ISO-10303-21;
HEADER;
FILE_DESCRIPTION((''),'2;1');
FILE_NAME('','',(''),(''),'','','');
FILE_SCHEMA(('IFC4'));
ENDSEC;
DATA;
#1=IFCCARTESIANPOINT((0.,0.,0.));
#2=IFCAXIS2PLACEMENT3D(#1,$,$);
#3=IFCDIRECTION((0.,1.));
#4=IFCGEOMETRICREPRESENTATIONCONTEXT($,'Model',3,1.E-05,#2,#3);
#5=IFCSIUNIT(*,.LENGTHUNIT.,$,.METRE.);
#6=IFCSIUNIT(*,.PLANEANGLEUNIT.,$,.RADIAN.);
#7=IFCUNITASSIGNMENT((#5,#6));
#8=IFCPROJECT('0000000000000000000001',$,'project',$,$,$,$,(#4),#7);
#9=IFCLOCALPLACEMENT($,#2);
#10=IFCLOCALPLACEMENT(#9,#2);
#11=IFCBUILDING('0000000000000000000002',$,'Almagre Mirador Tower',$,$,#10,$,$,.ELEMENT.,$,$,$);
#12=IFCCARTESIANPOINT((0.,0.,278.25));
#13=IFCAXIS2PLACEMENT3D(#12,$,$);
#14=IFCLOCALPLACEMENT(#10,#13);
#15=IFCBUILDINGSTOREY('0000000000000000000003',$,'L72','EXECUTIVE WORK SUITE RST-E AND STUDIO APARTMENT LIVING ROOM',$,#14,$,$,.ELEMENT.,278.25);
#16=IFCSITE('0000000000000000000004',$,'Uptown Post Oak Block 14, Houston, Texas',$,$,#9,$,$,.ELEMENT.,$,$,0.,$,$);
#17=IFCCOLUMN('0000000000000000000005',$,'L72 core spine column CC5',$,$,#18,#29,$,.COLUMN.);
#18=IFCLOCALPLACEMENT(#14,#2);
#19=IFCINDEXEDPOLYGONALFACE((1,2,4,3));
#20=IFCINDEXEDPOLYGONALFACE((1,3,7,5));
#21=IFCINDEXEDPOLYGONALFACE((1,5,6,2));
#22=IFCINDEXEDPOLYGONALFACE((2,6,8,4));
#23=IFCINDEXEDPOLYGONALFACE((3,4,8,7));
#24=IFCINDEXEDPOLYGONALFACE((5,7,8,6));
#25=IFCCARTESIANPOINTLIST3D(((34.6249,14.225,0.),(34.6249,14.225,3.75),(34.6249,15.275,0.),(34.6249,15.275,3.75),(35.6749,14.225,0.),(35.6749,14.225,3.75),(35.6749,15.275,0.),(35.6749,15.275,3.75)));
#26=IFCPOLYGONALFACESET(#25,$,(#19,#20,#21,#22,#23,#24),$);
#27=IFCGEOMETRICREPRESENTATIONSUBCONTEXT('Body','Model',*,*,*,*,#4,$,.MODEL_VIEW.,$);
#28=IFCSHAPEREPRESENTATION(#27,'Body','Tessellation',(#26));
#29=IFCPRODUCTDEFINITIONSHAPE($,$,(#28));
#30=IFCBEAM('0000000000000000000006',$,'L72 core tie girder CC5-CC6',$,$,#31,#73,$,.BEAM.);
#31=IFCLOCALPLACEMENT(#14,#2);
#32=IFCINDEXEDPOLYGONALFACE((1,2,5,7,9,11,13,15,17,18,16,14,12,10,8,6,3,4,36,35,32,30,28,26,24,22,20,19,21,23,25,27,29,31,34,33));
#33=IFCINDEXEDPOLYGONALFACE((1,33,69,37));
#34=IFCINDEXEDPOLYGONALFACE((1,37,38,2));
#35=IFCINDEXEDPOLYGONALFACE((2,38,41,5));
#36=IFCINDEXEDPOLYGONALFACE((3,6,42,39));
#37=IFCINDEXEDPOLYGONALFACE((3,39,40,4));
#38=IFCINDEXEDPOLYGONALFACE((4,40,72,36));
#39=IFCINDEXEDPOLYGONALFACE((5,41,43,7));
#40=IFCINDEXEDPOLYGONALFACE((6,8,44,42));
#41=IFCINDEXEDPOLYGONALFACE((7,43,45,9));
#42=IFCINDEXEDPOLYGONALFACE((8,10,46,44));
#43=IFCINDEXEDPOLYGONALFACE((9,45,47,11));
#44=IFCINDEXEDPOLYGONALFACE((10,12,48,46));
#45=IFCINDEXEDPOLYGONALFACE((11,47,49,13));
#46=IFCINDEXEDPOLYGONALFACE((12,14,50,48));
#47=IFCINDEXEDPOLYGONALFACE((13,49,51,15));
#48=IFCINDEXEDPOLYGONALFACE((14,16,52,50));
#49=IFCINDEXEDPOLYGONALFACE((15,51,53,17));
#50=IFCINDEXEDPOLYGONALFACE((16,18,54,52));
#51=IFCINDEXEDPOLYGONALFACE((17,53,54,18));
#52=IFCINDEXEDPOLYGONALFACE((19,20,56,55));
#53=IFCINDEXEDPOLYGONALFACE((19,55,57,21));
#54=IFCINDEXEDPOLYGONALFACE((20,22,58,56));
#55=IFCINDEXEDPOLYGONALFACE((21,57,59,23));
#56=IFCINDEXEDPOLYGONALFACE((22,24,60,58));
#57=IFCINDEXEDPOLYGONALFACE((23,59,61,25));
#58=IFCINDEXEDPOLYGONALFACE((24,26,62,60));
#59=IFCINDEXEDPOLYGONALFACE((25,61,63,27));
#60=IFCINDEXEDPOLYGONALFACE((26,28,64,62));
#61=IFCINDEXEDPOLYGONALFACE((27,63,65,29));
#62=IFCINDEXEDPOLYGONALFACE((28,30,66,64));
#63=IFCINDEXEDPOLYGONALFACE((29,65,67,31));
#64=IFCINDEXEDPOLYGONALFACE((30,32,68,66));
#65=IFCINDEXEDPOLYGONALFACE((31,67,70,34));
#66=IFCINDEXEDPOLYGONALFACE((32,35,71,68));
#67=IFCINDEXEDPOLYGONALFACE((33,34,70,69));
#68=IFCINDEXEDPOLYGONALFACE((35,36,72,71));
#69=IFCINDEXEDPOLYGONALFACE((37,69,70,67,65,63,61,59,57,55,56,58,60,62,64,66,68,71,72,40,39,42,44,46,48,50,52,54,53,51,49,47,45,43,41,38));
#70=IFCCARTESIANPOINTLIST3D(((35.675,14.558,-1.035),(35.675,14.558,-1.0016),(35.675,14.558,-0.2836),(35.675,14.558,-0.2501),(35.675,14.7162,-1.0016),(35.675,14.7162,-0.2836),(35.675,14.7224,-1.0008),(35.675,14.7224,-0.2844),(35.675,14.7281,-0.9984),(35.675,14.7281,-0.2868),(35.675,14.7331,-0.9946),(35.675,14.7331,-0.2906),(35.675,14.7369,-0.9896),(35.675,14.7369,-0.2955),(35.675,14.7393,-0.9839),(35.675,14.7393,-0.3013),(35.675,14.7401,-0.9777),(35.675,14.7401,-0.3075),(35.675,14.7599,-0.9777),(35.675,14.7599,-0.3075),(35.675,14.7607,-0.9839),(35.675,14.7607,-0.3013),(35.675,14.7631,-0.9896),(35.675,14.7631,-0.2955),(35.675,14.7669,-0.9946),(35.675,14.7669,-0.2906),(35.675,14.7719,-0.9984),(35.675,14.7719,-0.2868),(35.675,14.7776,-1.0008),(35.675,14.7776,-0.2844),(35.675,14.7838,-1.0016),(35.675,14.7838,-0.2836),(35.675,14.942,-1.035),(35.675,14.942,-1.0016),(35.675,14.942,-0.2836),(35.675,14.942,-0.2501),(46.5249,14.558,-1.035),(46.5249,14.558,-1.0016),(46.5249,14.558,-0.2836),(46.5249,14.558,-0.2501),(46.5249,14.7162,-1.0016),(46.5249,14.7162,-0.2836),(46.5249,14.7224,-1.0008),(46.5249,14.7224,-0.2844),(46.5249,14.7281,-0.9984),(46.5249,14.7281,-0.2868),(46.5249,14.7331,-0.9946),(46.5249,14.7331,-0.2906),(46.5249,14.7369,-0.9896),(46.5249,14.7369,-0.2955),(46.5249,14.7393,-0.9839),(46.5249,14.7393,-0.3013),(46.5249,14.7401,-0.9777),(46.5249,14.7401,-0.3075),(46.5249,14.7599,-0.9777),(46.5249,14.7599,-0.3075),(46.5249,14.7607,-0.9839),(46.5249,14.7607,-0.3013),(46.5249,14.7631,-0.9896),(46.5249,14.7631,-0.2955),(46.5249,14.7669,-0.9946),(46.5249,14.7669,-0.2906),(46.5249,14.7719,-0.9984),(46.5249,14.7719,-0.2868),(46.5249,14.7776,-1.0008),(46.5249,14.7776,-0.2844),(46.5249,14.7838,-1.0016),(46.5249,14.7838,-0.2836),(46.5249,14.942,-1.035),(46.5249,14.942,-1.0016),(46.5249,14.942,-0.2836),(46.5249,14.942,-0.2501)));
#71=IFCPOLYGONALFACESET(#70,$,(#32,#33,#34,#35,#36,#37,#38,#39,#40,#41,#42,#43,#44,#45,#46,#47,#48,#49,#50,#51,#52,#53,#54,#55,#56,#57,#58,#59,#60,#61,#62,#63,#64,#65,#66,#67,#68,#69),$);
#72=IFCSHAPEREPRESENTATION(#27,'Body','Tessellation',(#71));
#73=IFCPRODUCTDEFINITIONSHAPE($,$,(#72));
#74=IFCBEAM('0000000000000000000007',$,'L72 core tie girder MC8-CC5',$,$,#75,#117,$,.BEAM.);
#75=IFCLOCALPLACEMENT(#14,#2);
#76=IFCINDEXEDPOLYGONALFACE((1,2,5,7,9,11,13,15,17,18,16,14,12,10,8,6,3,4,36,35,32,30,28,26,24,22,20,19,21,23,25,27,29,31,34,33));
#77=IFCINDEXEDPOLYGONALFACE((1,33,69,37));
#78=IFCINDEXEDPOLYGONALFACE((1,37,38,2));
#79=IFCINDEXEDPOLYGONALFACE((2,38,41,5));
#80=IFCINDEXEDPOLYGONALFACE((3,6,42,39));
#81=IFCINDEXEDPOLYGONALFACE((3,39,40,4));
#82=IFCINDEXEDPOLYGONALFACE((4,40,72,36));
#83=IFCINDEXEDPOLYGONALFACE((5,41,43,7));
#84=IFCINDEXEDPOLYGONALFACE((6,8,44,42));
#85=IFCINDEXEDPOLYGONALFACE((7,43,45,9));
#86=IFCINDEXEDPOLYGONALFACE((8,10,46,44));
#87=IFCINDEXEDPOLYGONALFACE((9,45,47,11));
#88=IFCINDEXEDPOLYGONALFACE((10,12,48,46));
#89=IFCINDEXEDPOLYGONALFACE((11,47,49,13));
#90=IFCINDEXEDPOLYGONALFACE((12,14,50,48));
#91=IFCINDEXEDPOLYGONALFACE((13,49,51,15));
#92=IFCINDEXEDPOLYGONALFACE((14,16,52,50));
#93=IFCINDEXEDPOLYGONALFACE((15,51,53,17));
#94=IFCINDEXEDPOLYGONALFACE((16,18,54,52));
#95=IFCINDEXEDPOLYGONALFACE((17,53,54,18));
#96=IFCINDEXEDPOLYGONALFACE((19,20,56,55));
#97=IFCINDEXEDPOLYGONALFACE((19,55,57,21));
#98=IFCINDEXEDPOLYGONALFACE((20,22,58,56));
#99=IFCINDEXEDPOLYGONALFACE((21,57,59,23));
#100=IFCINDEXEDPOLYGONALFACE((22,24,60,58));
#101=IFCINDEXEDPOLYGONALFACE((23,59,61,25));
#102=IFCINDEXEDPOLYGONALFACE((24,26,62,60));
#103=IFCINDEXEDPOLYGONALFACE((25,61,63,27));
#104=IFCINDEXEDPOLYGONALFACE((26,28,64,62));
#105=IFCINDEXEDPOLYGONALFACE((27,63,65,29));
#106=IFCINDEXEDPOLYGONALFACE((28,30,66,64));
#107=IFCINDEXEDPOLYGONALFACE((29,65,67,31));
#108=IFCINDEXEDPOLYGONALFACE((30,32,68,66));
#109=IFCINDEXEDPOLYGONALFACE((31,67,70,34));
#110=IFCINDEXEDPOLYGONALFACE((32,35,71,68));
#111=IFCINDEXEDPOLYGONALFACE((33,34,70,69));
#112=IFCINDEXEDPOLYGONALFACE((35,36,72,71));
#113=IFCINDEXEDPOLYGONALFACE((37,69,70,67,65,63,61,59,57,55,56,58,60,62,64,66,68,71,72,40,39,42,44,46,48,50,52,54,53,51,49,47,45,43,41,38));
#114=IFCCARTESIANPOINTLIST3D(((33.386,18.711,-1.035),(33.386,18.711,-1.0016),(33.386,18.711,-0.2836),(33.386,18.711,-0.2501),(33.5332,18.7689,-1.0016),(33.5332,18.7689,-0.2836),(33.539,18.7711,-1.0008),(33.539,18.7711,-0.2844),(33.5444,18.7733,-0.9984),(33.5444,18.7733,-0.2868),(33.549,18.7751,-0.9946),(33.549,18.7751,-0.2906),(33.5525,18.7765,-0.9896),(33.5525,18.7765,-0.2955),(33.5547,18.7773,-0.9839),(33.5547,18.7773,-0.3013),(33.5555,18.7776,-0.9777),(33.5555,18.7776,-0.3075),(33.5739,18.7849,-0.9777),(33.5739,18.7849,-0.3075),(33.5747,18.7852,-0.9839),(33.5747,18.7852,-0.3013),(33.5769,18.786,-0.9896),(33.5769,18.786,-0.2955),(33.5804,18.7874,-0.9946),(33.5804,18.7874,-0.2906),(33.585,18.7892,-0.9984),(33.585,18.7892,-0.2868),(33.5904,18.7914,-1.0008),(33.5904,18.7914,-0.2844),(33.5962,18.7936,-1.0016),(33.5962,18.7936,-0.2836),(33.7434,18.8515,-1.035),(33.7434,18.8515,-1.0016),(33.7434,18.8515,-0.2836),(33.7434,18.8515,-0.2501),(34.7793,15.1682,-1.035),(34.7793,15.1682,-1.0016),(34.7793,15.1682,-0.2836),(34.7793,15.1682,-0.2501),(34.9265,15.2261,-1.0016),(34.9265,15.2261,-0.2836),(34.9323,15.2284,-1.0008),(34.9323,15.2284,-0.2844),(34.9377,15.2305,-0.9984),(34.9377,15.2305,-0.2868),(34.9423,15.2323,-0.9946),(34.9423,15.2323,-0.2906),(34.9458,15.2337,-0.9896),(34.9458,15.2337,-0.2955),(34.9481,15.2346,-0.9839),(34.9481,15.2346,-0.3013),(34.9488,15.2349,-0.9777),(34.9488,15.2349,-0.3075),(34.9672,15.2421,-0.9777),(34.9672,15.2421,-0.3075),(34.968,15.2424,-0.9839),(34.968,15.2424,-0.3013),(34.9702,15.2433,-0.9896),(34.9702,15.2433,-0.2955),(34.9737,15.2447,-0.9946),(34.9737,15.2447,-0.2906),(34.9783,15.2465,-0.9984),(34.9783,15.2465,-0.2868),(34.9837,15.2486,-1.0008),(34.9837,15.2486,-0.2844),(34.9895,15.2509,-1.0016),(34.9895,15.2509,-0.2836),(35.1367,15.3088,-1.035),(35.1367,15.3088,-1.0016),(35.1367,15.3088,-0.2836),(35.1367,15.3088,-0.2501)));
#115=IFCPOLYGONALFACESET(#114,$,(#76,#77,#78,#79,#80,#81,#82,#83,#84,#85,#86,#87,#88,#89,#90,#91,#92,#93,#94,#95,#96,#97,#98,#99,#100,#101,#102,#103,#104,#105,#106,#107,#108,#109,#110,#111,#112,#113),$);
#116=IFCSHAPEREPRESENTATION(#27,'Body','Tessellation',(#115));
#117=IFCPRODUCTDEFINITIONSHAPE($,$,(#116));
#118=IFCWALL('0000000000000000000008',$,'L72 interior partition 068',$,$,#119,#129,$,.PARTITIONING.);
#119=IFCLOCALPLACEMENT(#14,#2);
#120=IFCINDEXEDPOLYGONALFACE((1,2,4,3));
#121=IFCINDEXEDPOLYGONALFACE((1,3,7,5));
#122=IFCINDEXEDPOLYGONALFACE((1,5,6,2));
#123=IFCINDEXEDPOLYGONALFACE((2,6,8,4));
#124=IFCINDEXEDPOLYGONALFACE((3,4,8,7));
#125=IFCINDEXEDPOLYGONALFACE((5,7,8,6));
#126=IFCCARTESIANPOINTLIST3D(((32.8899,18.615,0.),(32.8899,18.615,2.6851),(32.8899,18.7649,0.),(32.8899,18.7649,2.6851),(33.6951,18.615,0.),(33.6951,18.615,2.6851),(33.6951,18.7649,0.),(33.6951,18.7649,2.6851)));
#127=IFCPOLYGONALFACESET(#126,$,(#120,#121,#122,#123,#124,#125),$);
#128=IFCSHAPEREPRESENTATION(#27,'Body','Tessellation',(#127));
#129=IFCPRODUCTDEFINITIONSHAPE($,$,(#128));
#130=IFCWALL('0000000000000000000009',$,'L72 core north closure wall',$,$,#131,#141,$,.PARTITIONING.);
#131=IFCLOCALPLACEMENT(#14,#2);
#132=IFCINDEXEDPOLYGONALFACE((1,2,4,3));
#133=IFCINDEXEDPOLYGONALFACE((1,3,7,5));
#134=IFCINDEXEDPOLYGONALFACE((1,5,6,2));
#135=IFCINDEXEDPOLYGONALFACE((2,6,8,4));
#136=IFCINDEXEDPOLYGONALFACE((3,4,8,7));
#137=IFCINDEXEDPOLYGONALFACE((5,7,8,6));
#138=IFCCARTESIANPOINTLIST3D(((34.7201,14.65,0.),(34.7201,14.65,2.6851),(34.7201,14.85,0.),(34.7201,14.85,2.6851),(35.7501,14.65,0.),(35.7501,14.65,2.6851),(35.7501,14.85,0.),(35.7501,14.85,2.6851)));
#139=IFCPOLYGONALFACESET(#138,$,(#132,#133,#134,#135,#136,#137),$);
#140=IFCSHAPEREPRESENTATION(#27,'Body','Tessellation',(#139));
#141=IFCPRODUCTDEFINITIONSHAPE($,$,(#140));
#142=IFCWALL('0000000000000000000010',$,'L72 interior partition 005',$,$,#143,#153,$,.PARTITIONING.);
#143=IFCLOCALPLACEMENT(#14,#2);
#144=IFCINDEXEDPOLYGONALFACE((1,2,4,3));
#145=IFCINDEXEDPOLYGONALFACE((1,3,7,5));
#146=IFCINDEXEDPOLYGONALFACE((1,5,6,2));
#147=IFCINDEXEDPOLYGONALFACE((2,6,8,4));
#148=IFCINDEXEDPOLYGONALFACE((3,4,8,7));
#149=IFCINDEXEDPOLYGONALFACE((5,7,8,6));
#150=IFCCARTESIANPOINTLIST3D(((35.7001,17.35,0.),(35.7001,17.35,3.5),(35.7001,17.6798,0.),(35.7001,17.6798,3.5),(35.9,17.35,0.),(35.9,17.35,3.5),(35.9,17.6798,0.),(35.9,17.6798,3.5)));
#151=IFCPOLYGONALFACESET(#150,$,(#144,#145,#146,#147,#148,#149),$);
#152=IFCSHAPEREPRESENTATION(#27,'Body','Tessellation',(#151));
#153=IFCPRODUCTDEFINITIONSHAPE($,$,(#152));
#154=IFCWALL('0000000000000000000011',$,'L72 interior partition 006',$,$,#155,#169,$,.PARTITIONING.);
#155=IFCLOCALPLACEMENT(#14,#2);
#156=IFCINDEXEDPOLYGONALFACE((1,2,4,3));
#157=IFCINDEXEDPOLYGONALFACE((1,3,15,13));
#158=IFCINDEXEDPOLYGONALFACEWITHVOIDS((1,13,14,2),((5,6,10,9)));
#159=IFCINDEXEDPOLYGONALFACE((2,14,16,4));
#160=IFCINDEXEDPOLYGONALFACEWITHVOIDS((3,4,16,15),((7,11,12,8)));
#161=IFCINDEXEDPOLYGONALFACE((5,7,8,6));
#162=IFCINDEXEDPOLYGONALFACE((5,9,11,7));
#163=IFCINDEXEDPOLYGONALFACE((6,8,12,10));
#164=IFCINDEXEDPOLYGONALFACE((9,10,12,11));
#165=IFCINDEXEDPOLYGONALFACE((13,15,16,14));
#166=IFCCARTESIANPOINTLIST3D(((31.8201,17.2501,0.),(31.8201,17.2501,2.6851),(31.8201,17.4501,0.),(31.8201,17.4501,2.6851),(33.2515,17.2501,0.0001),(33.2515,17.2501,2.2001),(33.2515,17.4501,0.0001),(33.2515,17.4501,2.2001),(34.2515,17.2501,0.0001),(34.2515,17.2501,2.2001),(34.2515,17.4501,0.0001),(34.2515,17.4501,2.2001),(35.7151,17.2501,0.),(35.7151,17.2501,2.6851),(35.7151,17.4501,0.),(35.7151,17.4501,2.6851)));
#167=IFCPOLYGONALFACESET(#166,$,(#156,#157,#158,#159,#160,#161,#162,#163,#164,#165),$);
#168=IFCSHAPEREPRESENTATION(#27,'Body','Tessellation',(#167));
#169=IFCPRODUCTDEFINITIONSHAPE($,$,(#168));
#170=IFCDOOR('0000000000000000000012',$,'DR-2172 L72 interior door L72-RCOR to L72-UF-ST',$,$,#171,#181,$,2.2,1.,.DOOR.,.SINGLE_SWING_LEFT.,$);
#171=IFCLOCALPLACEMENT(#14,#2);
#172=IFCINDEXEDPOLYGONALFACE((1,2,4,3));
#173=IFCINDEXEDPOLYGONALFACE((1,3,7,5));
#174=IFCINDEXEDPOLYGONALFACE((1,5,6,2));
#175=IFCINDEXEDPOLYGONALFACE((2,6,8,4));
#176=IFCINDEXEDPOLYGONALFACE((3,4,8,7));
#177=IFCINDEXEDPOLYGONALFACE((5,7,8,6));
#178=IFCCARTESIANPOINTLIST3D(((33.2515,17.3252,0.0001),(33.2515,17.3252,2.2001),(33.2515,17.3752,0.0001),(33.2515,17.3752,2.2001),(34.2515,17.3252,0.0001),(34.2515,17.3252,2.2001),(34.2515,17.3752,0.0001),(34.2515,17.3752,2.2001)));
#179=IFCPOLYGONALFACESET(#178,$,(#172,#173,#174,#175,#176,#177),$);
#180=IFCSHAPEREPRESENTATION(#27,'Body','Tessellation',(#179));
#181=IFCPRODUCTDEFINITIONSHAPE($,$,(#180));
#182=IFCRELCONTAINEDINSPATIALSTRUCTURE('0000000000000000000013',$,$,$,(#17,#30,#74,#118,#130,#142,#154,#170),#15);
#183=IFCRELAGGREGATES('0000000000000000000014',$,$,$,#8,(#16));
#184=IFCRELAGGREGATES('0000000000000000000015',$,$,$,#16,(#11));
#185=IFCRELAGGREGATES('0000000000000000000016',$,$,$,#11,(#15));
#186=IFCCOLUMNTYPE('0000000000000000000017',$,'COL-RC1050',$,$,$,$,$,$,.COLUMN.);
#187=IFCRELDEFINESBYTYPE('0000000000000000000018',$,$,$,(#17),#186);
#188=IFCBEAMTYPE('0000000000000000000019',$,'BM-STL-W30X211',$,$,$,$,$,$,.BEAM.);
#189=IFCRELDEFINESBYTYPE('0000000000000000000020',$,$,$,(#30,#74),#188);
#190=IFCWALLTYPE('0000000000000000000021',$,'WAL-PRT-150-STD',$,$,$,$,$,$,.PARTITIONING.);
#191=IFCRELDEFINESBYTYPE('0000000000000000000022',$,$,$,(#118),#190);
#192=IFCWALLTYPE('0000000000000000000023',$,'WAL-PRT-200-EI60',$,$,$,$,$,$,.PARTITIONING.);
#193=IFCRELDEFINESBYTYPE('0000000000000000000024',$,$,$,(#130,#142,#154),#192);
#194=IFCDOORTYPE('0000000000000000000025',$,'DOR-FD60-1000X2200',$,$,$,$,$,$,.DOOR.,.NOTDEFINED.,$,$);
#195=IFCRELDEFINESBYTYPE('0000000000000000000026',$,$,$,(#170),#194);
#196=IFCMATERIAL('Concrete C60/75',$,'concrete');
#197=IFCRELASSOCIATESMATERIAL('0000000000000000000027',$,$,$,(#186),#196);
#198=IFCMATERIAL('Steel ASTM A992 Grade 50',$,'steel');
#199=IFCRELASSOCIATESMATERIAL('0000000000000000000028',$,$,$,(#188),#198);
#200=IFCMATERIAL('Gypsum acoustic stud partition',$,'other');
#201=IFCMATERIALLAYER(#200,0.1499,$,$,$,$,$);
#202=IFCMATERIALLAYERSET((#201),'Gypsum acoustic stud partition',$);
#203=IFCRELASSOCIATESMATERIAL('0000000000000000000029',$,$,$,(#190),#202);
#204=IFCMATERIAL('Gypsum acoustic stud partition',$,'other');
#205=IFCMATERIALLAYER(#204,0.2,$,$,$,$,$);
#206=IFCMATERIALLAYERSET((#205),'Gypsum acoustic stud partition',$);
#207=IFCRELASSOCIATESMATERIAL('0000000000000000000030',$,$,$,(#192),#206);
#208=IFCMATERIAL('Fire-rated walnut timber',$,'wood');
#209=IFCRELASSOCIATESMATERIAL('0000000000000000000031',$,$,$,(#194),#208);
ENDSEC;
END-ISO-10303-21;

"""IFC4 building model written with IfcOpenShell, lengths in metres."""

from ifc_helpers import new_model, si_unit, direction, frame, frame_2d, origin, origin_2d, place, context, subcontext, project, spatial, rectangle, i_section, extrude, material, layer, layer_set, material_profile, profile_set, type_object, element, fill, save


model = new_model("IFC4")

# Units and contexts
model_context = context("Model", 3, precision=1e-05, world=origin(), true_north=direction((0.0, 1.0)))
body_context = subcontext(model_context, "Body", "Model", "MODEL_VIEW")
ifc_project = project(units=[si_unit("LENGTHUNIT", "METRE"), si_unit("PLANEANGLEUNIT", "RADIAN")], contexts=[model_context])

# Site, building, storey
site_placement = place(None, origin())
site = spatial("IfcSite", under=ifc_project, at=site_placement, Name="Uptown Post Oak Block 14, Houston, Texas", CompositionType="ELEMENT", RefElevation=0.0)
building_placement = place(site_placement, origin())
building = spatial("IfcBuilding", under=site, at=building_placement, Name="Almagre Mirador Tower", CompositionType="ELEMENT")
storey_placement = place(building_placement, frame((0.0, 0.0, 278.25)))
storey = spatial("IfcBuildingStorey", under=building, at=storey_placement, Name="L72", Description="EXECUTIVE WORK SUITE RST-E AND STUDIO APARTMENT LIVING ROOM", CompositionType="ELEMENT", Elevation=278.25)

# Column
ifc_material_1 = material(Name="Concrete C60/75", Category="concrete")
ifc_material_profile_1 = material_profile(ifc_material_1, rectangle(XDim=1.05, YDim=1.05, at=origin_2d()), Name="RC1050X1050")
ifc_profile_set_1 = profile_set([ifc_material_profile_1], Name="Concrete C60/75")
column_type = type_object("IfcColumnType", Name="COL-RC1050", PredefinedType="COLUMN", material=ifc_profile_set_1)
column_placement = place(storey_placement, frame((35.1499, 14.75, 0.0), z_axis=(0.0, 0.0, 1.0), x_axis=(1.0, 0.0, 0.0)))
element("IfcColumn", 1, at=column_placement, inside=storey, type_object=column_type, Name="L72 core spine column CC5", PredefinedType="COLUMN", context=body_context, shape_type="SweptSolid", body=[
    extrude(rectangle(XDim=1.05, YDim=1.05, at=origin_2d()), origin(), (0.0, 0.0, 1.0), 3.75),
])

# Beams
ifc_material_2 = material(Name="Steel ASTM A992 Grade 50", Category="steel")
ifc_material_profile_2 = material_profile(ifc_material_2, i_section(OverallWidth=0.384, OverallDepth=0.7849, WebThickness=0.0198, FlangeThickness=0.0334, FilletRadius=0.0239, at=origin_2d()), Name="W30X211")
ifc_profile_set_2 = profile_set([ifc_material_profile_2], Name="Steel ASTM A992 Grade 50")
beam_type = type_object("IfcBeamType", Name="BM-STL-W30X211", PredefinedType="BEAM", material=ifc_profile_set_2)
beam_1_placement = place(storey_placement, frame((35.675, 14.75, -0.6426), z_axis=(1.0, 0.0, 0.0), x_axis=(0.0, 1.0, 0.0)))
element("IfcBeam", 2, at=beam_1_placement, inside=storey, type_object=beam_type, Name="L72 core tie girder CC5-CC6", PredefinedType="BEAM", context=body_context, shape_type="SweptSolid", body=[
    extrude(i_section(OverallWidth=0.384, OverallDepth=0.7849, WebThickness=0.0198, FlangeThickness=0.0334, FilletRadius=0.0239, at=origin_2d()), origin(), (0.0, 0.0, 1.0), 10.8499),
])
beam_2_placement = place(storey_placement, frame((33.5647, 18.7812, -0.6426), z_axis=(0.366, -0.930615, 0.0), x_axis=(0.930615, 0.366, 0.0)))
element("IfcBeam", 3, at=beam_2_placement, inside=storey, type_object=beam_type, Name="L72 core tie girder MC8-CC5", PredefinedType="BEAM", context=body_context, shape_type="SweptSolid", body=[
    extrude(i_section(OverallWidth=0.384, OverallDepth=0.7849, WebThickness=0.0198, FlangeThickness=0.0334, FilletRadius=0.0239, at=origin_2d()), origin(), (0.0, 0.0, 1.0), 3.8069),
])

# Walls
ifc_material_3 = material(Name="Gypsum acoustic stud partition", Category="other")
ifc_layer_1 = layer(ifc_material_3, 0.1499)
ifc_layer_set_1 = layer_set([ifc_layer_1], Name="Gypsum acoustic stud partition")
wall_type_1 = type_object("IfcWallType", Name="WAL-PRT-150-STD", PredefinedType="PARTITIONING", material=ifc_layer_set_1)
wall_1_placement = place(storey_placement, frame((33.6951, 18.6899, 0.0), z_axis=(0.0, 0.0, 1.0), x_axis=(-1.0, 0.0, 0.0)))
element("IfcWall", 4, at=wall_1_placement, inside=storey, type_object=wall_type_1, Name="L72 interior partition 068", PredefinedType="PARTITIONING", context=body_context, shape_type="SweptSolid", body=[
    extrude(rectangle(XDim=0.8052, YDim=0.1499, at=frame_2d((0.4026, 0.0))), origin(), (0.0, 0.0, 1.0), 2.6851),
])
ifc_material_4 = material(Name="Gypsum acoustic stud partition", Category="other")
ifc_layer_2 = layer(ifc_material_4, 0.2)
ifc_layer_set_2 = layer_set([ifc_layer_2], Name="Gypsum acoustic stud partition")
wall_type_2 = type_object("IfcWallType", Name="WAL-PRT-200-EI60", PredefinedType="PARTITIONING", material=ifc_layer_set_2)
wall_2_placement = place(storey_placement, frame((34.72, 14.75, 0.0), z_axis=(0.0, 0.0, 1.0), x_axis=(1.0, 0.0, 0.0)))
element("IfcWall", 5, at=wall_2_placement, inside=storey, type_object=wall_type_2, Name="L72 core north closure wall", PredefinedType="PARTITIONING", context=body_context, shape_type="SweptSolid", body=[
    extrude(rectangle(XDim=1.03, YDim=0.2, at=frame_2d((0.5151, 0.0))), origin(), (0.0, 0.0, 1.0), 2.6851),
])

# Wall
wall_3_placement = place(storey_placement, frame((35.8, 17.6799, 0.0), z_axis=(0.0, 0.0, 1.0), x_axis=(0.0, -1.0, 0.0)))
element("IfcWall", 6, at=wall_3_placement, inside=storey, type_object=wall_type_2, Name="L72 interior partition 005", PredefinedType="PARTITIONING", context=body_context, shape_type="SweptSolid", body=[
    extrude(rectangle(XDim=0.3298, YDim=0.2, at=frame_2d((0.165, 0.0))), origin(), (0.0, 0.0, 1.0), 3.5),
])

# Wall, opening, door
wall_4_placement = place(storey_placement, frame((35.7151, 17.3501, 0.0), z_axis=(0.0, 0.0, 1.0), x_axis=(-1.0, 0.0, 0.0)))
wall_4 = element("IfcWall", 7, at=wall_4_placement, inside=storey, type_object=wall_type_2, Name="L72 interior partition 006", PredefinedType="PARTITIONING", context=body_context, shape_type="SweptSolid", body=[
    extrude(rectangle(XDim=3.895, YDim=0.2, at=frame_2d((1.9475, 0.0))), origin(), (0.0, 0.0, 1.0), 2.6851),
])
opening_1_placement = place(wall_4_placement, frame((1.4636, 0.0, 0.0)))
opening_1 = element("IfcOpeningElement", 8, at=opening_1_placement, cuts=wall_4, PredefinedType="OPENING", context=body_context, shape_type="SweptSolid", body=[
    extrude(rectangle(XDim=1.0, YDim=2.2, at=frame_2d((0.5, 1.1001))), frame((0.0, 0.1101, 0.0), z_axis=(0.0, -1.0, 0.0), x_axis=(1.0, 0.0, 0.0)), (0.0, 0.0, 1.0), 0.22),
])
ifc_material_5 = material(Name="Fire-rated walnut timber", Category="wood")
door_type_1 = type_object("IfcDoorType", Name="DOR-FD60-1000X2200", OperationType="NOTDEFINED", PredefinedType="DOOR", material=ifc_material_5)
door_1_placement = place(opening_1_placement, origin())
door_1 = element("IfcDoor", 9, at=door_1_placement, inside=storey, type_object=door_type_1, Name="DR-2172 L72 interior door L72-RCOR to L72-UF-ST", OperationType="SINGLE_SWING_LEFT", OverallHeight=2.2, OverallWidth=1.0, PredefinedType="DOOR", context=body_context, shape_type="SweptSolid", body=[
    extrude(rectangle(XDim=1.0, YDim=2.2, at=frame_2d((0.5, 1.1001))), frame((0.0, 0.0249, 0.0), z_axis=(0.0, -1.0, 0.0), x_axis=(1.0, 0.0, 0.0)), (0.0, 0.0, 1.0), 0.05),
])
fill(opening_1, door_1)

save(model, "model.ifc")
